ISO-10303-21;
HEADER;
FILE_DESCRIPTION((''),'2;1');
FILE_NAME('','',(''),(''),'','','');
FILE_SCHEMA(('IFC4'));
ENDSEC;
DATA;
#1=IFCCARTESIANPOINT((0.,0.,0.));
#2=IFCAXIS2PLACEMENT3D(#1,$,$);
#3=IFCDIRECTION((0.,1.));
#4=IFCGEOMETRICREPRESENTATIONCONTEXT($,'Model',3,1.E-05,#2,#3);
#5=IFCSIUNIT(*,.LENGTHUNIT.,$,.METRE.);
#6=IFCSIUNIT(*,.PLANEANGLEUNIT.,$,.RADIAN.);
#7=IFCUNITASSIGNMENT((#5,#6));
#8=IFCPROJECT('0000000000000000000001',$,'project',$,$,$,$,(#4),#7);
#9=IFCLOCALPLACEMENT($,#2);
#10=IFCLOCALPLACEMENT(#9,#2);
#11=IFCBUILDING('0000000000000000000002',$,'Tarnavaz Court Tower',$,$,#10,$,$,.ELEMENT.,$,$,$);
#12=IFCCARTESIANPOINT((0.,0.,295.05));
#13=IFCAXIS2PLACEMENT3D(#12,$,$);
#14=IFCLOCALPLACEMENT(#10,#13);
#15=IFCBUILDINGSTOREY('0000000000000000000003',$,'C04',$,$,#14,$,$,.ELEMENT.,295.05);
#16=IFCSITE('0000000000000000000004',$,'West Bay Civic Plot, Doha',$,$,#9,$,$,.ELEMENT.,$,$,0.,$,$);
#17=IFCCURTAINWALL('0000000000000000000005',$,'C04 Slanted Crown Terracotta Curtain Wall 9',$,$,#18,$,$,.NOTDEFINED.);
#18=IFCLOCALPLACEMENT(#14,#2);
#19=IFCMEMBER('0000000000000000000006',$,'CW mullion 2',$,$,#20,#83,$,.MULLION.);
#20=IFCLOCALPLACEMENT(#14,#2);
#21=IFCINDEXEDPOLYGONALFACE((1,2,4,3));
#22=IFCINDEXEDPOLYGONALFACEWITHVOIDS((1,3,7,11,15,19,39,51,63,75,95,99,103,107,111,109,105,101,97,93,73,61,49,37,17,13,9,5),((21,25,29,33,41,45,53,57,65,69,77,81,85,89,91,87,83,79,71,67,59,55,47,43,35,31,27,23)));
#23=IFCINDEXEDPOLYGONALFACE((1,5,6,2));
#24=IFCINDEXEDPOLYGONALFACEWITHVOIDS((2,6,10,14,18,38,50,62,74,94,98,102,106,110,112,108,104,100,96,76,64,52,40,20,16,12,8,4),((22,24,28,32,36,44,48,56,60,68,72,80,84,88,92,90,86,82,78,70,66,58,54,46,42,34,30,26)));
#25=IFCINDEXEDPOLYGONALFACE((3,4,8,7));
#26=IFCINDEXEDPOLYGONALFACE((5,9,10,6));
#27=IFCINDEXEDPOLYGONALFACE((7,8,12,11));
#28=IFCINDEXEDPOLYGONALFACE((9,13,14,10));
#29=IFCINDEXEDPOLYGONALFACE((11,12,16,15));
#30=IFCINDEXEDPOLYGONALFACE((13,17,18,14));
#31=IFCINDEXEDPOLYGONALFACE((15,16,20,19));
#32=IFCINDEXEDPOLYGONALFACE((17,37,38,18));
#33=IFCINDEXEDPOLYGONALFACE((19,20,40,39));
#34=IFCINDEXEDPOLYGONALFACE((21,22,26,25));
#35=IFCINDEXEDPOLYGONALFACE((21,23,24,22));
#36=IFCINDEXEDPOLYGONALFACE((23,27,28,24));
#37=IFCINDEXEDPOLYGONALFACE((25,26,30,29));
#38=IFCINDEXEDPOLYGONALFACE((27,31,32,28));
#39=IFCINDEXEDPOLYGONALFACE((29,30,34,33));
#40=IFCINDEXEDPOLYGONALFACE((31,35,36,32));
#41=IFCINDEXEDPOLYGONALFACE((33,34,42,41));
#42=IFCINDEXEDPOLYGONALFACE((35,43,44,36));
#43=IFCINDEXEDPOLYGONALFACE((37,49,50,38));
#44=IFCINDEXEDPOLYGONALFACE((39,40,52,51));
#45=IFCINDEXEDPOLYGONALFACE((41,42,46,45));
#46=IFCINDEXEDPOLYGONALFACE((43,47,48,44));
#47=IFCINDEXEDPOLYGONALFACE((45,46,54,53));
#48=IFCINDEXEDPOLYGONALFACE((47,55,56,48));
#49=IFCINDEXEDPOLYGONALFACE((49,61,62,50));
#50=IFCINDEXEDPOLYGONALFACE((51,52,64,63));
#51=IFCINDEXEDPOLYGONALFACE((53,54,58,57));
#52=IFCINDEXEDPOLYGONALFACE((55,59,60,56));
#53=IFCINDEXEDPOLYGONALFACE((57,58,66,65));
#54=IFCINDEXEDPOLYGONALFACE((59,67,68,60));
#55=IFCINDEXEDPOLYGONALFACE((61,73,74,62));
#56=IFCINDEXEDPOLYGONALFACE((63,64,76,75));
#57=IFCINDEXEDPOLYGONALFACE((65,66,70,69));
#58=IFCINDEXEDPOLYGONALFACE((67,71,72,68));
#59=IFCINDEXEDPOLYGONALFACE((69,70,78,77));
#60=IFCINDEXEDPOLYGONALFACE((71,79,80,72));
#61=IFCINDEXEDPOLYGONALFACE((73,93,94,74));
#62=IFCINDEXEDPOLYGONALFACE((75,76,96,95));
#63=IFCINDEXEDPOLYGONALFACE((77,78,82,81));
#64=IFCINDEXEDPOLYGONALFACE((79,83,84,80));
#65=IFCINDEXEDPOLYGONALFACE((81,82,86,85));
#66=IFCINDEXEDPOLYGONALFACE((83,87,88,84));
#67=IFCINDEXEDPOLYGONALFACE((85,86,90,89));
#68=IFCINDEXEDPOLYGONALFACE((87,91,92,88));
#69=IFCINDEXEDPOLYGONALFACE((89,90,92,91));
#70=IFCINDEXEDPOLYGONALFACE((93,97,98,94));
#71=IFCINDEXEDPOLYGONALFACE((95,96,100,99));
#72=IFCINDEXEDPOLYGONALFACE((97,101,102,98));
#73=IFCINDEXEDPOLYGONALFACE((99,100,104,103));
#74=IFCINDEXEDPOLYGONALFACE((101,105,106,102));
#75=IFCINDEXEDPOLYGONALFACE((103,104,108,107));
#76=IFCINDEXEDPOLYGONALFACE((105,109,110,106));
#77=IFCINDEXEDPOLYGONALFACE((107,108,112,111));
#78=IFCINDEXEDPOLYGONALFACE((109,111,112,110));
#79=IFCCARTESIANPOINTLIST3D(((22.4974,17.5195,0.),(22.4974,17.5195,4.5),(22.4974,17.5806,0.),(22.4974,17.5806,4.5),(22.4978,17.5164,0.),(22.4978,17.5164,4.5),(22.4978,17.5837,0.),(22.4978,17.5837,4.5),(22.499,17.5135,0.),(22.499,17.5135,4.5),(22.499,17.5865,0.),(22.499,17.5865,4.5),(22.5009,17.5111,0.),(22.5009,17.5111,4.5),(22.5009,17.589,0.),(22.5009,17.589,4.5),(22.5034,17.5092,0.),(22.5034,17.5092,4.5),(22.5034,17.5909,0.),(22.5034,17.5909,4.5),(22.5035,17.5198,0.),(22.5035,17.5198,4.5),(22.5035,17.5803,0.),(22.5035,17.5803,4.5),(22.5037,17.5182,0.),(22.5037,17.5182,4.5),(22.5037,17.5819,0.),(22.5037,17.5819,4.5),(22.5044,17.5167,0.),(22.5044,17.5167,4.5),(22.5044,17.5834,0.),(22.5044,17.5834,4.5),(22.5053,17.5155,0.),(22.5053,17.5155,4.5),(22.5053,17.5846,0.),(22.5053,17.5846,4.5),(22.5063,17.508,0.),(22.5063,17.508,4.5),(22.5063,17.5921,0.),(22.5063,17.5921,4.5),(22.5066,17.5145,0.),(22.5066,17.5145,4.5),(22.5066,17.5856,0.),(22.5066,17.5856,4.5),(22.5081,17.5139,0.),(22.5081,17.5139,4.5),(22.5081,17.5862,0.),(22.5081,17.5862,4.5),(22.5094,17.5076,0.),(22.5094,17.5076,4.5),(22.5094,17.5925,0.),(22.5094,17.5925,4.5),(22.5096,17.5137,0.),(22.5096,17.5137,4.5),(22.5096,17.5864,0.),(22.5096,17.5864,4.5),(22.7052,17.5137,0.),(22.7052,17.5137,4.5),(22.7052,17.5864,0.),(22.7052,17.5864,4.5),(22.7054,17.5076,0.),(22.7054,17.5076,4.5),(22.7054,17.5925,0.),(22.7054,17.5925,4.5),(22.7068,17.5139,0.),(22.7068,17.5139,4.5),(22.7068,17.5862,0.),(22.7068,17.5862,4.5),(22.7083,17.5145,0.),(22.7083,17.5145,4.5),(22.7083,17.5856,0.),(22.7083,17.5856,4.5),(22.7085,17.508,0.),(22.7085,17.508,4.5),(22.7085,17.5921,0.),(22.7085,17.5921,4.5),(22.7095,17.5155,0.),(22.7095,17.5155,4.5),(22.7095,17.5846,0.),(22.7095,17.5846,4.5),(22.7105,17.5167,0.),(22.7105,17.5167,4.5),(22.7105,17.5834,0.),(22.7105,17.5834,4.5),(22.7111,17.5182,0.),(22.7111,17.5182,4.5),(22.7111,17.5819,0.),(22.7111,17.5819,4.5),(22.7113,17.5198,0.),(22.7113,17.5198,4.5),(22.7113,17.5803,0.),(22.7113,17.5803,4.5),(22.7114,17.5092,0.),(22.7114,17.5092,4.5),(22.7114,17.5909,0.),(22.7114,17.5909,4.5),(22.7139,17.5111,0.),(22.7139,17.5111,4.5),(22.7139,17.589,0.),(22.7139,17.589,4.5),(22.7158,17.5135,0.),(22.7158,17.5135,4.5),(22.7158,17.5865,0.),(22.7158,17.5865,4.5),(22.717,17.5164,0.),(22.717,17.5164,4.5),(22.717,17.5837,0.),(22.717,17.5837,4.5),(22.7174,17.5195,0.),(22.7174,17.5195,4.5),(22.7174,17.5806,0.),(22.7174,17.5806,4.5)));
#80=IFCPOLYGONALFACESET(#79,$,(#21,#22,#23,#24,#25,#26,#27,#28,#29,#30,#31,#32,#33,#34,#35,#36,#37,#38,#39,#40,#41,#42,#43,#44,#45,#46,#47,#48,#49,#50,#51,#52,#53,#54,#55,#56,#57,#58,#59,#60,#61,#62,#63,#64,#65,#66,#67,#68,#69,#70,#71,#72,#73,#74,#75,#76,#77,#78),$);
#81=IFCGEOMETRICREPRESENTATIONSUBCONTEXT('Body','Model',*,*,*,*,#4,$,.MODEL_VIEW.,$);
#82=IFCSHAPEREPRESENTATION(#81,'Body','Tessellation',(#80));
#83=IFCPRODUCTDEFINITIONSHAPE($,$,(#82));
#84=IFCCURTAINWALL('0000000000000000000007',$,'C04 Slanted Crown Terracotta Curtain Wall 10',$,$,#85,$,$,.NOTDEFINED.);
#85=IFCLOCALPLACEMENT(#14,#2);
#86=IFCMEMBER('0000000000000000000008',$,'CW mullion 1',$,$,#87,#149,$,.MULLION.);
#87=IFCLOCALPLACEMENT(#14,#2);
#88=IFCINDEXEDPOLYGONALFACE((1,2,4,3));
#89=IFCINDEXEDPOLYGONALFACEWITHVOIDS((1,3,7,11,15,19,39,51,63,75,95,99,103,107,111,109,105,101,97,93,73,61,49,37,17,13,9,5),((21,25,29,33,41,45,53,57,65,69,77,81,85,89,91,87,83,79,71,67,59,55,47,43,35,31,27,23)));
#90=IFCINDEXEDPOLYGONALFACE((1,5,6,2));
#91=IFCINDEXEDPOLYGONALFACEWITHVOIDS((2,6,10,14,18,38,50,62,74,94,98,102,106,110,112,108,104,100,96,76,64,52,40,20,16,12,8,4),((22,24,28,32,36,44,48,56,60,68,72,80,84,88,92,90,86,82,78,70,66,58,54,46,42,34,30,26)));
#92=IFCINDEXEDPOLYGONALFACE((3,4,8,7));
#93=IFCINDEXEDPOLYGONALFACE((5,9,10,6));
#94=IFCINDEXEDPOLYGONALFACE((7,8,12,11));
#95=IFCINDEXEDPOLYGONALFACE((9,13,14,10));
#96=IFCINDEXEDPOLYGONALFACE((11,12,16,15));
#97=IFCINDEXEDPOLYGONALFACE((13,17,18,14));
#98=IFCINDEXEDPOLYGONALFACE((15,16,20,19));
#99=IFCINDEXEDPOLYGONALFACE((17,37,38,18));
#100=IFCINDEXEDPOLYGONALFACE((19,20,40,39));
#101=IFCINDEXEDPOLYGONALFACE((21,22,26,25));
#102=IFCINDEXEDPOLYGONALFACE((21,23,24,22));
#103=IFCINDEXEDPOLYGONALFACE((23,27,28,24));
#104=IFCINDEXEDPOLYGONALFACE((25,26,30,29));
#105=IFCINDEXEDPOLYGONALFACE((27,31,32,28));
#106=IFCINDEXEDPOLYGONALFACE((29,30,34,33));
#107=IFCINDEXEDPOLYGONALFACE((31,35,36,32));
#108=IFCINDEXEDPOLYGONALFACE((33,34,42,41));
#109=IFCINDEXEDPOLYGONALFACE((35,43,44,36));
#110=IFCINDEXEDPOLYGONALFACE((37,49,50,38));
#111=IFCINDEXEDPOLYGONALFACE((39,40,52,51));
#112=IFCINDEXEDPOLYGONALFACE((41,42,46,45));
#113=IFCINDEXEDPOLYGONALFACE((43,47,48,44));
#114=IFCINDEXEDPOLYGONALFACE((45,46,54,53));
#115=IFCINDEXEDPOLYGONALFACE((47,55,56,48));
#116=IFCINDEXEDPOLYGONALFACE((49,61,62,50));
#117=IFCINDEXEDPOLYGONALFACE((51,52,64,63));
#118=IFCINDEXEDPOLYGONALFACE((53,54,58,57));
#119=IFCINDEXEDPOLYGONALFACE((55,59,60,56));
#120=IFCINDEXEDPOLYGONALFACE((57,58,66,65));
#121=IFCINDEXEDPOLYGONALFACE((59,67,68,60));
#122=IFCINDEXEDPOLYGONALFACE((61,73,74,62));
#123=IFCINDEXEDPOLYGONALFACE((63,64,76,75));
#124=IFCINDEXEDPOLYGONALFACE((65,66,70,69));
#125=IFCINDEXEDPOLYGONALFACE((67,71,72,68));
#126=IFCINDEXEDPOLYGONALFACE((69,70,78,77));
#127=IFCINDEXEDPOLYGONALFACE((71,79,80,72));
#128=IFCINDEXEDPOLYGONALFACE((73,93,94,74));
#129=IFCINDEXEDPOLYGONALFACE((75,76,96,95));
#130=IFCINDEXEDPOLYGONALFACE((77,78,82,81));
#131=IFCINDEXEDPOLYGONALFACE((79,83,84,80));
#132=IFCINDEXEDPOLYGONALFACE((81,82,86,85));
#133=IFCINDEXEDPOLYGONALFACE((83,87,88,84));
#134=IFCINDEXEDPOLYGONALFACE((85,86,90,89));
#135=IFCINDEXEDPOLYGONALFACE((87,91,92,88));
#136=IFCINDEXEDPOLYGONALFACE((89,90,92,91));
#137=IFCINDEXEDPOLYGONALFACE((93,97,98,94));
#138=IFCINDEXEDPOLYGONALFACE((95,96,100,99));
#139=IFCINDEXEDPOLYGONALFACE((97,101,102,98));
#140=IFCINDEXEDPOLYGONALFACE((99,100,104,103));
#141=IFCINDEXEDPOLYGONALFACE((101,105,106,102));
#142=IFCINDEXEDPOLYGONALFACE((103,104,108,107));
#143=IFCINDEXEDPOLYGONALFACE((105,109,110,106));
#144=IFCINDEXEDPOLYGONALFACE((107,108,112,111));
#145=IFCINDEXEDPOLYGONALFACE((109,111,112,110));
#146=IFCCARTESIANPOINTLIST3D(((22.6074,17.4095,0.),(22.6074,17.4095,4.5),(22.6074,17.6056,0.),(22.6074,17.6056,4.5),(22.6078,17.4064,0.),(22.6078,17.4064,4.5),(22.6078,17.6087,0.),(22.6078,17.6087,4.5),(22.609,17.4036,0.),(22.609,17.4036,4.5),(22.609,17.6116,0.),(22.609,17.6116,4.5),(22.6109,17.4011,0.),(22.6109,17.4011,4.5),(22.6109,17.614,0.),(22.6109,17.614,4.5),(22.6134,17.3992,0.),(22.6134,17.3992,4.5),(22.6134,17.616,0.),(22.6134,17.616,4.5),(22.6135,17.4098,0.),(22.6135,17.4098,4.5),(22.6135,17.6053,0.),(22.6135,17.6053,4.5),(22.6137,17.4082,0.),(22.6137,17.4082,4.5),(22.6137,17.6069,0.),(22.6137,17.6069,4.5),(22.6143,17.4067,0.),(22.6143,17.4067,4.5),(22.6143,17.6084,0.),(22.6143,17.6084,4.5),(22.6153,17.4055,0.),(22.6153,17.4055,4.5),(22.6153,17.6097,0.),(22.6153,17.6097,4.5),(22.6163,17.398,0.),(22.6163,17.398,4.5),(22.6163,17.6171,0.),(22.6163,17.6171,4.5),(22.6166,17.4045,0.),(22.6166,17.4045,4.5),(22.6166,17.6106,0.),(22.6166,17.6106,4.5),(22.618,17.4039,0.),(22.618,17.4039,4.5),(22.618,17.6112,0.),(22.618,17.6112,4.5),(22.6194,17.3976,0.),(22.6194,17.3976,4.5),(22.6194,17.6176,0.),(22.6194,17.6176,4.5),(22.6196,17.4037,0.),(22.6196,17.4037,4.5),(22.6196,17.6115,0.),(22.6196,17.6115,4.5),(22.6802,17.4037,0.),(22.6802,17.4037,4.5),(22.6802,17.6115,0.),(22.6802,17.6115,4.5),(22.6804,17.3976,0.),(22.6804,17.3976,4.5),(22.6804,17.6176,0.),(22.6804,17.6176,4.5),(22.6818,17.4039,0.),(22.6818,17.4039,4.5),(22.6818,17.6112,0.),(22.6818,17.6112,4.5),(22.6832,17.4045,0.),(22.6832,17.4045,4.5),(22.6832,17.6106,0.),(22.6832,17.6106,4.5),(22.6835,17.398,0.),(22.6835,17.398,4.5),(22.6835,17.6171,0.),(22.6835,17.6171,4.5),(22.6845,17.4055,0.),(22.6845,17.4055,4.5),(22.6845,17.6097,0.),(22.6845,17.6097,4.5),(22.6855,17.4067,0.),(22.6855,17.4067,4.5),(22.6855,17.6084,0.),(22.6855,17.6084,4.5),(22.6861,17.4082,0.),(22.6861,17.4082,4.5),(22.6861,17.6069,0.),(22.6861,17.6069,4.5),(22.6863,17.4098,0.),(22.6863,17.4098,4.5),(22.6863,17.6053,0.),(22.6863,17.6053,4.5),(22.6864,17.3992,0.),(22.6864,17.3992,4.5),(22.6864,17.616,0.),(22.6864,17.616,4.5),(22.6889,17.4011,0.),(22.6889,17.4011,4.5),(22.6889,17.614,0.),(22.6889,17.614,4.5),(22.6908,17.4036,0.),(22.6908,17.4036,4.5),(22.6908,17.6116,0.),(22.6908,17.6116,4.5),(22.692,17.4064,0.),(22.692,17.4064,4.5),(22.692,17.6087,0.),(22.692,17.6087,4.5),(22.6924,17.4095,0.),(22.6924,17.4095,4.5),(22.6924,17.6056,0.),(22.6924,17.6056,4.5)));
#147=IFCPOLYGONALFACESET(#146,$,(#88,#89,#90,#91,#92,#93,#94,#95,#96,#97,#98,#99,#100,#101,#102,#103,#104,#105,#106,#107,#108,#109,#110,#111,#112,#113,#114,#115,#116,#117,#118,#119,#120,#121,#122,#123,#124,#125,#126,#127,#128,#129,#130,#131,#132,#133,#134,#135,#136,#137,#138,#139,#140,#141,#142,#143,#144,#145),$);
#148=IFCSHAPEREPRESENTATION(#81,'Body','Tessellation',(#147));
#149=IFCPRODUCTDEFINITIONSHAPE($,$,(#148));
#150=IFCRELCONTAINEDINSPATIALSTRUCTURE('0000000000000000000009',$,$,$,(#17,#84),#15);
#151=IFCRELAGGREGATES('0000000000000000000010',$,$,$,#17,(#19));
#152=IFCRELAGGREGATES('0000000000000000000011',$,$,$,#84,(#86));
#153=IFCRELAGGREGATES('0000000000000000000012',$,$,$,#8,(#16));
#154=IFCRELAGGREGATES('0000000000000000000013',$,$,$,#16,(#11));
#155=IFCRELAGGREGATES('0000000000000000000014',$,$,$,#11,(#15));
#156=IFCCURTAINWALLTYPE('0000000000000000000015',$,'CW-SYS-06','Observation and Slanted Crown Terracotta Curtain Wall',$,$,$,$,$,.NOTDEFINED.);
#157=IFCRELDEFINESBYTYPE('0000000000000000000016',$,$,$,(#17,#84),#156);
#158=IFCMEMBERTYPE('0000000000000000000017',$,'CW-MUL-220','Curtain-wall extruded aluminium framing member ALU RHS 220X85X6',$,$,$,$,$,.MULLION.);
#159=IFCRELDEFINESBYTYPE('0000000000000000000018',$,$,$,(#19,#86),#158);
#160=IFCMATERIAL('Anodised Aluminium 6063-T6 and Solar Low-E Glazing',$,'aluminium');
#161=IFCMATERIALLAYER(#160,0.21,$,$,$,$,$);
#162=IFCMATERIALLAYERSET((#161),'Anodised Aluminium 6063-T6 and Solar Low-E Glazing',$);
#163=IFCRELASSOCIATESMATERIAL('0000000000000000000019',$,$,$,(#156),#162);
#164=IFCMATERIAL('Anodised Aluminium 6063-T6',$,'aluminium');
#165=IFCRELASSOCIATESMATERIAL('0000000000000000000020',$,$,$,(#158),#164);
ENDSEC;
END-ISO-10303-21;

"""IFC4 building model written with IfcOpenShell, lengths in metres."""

from ifc_helpers import new_model, si_unit, direction, frame, origin, origin_2d, place, context, subcontext, project, spatial, hollow_rectangle, extrude, material, layer, layer_set, material_profile, profile_set, type_object, element, aggregate, save


model = new_model("IFC4")

# Units and contexts
model_context = context("Model", 3, precision=1e-05, world=origin(), true_north=direction((0.0, 1.0)))
body_context = subcontext(model_context, "Body", "Model", "MODEL_VIEW")
ifc_project = project(units=[si_unit("LENGTHUNIT", "METRE"), si_unit("PLANEANGLEUNIT", "RADIAN")], contexts=[model_context])

# Site, building, storey
site_placement = place(None, origin())
site = spatial("IfcSite", under=ifc_project, at=site_placement, Name="West Bay Civic Plot, Doha", CompositionType="ELEMENT", RefElevation=0.0)
building_placement = place(site_placement, origin())
building = spatial("IfcBuilding", under=site, at=building_placement, Name="Tarnavaz Court Tower", CompositionType="ELEMENT")
storey_placement = place(building_placement, frame((0.0, 0.0, 295.05)))
storey = spatial("IfcBuildingStorey", under=building, at=storey_placement, Name="C04", CompositionType="ELEMENT", Elevation=295.05)

# Shared definitions
ifc_material_1 = material(Name="Anodised Aluminium 6063-T6 and Solar Low-E Glazing", Category="aluminium")
ifc_layer_1 = layer(ifc_material_1, 0.21)
ifc_layer_set_1 = layer_set([ifc_layer_1], Name="Anodised Aluminium 6063-T6 and Solar Low-E Glazing")
curtain_wall_type = type_object("IfcCurtainWallType", Name="CW-SYS-06", Description="Observation and Slanted Crown Terracotta Curtain Wall", PredefinedType="NOTDEFINED", material=ifc_layer_set_1)
ifc_material_2 = material(Name="Anodised Aluminium 6063-T6", Category="aluminium")
ifc_material_profile_1 = material_profile(ifc_material_2, hollow_rectangle(XDim=0.085, YDim=0.22, WallThickness=0.0061, InnerFilletRadius=0.0061, OuterFilletRadius=0.012, at=origin_2d()), Name="ALU RHS 220X85X6")
ifc_profile_set_1 = profile_set([ifc_material_profile_1], Name="Anodised Aluminium 6063-T6")
member_type_1 = type_object("IfcMemberType", Name="CW-MUL-220", Description="Curtain-wall extruded aluminium framing member ALU RHS 220X85X6", PredefinedType="MULLION", material=ifc_profile_set_1)

# Curtain walls, members
curtain_wall_1_placement = place(storey_placement, origin())
curtain_wall_1 = element("IfcCurtainWall", 1, at=curtain_wall_1_placement, inside=storey, type_object=curtain_wall_type, Name="C04 Slanted Crown Terracotta Curtain Wall 9", PredefinedType="NOTDEFINED")
member_1_placement = place(storey_placement, frame((22.6074, 17.55, 0.0), z_axis=(0.0, 0.0, 1.0), x_axis=(0.0, 1.0, 0.0)))
member_1 = element("IfcMember", 2, at=member_1_placement, type_object=member_type_1, Name="CW mullion 2", PredefinedType="MULLION", context=body_context, shape_type="SweptSolid", body=[
    extrude(hollow_rectangle(XDim=0.085, YDim=0.22, WallThickness=0.0061, InnerFilletRadius=0.0061, OuterFilletRadius=0.012, at=origin_2d()), origin(), (0.0, 0.0, 1.0), 4.5),
])
curtain_wall_2_placement = place(storey_placement, origin())
curtain_wall_2 = element("IfcCurtainWall", 3, at=curtain_wall_2_placement, inside=storey, type_object=curtain_wall_type, Name="C04 Slanted Crown Terracotta Curtain Wall 10", PredefinedType="NOTDEFINED")
member_2_placement = place(storey_placement, frame((22.6499, 17.5076, 0.0), z_axis=(0.0, 0.0, 1.0), x_axis=(1.0, 0.0, 0.0)))
member_2 = element("IfcMember", 4, at=member_2_placement, type_object=member_type_1, Name="CW mullion 1", PredefinedType="MULLION", context=body_context, shape_type="SweptSolid", body=[
    extrude(hollow_rectangle(XDim=0.085, YDim=0.22, WallThickness=0.0061, InnerFilletRadius=0.0061, OuterFilletRadius=0.012, at=origin_2d()), origin(), (0.0, 0.0, 1.0), 4.5),
])

aggregate(curtain_wall_1, [member_1])
aggregate(curtain_wall_2, [member_2])

save(model, "model.ifc")
